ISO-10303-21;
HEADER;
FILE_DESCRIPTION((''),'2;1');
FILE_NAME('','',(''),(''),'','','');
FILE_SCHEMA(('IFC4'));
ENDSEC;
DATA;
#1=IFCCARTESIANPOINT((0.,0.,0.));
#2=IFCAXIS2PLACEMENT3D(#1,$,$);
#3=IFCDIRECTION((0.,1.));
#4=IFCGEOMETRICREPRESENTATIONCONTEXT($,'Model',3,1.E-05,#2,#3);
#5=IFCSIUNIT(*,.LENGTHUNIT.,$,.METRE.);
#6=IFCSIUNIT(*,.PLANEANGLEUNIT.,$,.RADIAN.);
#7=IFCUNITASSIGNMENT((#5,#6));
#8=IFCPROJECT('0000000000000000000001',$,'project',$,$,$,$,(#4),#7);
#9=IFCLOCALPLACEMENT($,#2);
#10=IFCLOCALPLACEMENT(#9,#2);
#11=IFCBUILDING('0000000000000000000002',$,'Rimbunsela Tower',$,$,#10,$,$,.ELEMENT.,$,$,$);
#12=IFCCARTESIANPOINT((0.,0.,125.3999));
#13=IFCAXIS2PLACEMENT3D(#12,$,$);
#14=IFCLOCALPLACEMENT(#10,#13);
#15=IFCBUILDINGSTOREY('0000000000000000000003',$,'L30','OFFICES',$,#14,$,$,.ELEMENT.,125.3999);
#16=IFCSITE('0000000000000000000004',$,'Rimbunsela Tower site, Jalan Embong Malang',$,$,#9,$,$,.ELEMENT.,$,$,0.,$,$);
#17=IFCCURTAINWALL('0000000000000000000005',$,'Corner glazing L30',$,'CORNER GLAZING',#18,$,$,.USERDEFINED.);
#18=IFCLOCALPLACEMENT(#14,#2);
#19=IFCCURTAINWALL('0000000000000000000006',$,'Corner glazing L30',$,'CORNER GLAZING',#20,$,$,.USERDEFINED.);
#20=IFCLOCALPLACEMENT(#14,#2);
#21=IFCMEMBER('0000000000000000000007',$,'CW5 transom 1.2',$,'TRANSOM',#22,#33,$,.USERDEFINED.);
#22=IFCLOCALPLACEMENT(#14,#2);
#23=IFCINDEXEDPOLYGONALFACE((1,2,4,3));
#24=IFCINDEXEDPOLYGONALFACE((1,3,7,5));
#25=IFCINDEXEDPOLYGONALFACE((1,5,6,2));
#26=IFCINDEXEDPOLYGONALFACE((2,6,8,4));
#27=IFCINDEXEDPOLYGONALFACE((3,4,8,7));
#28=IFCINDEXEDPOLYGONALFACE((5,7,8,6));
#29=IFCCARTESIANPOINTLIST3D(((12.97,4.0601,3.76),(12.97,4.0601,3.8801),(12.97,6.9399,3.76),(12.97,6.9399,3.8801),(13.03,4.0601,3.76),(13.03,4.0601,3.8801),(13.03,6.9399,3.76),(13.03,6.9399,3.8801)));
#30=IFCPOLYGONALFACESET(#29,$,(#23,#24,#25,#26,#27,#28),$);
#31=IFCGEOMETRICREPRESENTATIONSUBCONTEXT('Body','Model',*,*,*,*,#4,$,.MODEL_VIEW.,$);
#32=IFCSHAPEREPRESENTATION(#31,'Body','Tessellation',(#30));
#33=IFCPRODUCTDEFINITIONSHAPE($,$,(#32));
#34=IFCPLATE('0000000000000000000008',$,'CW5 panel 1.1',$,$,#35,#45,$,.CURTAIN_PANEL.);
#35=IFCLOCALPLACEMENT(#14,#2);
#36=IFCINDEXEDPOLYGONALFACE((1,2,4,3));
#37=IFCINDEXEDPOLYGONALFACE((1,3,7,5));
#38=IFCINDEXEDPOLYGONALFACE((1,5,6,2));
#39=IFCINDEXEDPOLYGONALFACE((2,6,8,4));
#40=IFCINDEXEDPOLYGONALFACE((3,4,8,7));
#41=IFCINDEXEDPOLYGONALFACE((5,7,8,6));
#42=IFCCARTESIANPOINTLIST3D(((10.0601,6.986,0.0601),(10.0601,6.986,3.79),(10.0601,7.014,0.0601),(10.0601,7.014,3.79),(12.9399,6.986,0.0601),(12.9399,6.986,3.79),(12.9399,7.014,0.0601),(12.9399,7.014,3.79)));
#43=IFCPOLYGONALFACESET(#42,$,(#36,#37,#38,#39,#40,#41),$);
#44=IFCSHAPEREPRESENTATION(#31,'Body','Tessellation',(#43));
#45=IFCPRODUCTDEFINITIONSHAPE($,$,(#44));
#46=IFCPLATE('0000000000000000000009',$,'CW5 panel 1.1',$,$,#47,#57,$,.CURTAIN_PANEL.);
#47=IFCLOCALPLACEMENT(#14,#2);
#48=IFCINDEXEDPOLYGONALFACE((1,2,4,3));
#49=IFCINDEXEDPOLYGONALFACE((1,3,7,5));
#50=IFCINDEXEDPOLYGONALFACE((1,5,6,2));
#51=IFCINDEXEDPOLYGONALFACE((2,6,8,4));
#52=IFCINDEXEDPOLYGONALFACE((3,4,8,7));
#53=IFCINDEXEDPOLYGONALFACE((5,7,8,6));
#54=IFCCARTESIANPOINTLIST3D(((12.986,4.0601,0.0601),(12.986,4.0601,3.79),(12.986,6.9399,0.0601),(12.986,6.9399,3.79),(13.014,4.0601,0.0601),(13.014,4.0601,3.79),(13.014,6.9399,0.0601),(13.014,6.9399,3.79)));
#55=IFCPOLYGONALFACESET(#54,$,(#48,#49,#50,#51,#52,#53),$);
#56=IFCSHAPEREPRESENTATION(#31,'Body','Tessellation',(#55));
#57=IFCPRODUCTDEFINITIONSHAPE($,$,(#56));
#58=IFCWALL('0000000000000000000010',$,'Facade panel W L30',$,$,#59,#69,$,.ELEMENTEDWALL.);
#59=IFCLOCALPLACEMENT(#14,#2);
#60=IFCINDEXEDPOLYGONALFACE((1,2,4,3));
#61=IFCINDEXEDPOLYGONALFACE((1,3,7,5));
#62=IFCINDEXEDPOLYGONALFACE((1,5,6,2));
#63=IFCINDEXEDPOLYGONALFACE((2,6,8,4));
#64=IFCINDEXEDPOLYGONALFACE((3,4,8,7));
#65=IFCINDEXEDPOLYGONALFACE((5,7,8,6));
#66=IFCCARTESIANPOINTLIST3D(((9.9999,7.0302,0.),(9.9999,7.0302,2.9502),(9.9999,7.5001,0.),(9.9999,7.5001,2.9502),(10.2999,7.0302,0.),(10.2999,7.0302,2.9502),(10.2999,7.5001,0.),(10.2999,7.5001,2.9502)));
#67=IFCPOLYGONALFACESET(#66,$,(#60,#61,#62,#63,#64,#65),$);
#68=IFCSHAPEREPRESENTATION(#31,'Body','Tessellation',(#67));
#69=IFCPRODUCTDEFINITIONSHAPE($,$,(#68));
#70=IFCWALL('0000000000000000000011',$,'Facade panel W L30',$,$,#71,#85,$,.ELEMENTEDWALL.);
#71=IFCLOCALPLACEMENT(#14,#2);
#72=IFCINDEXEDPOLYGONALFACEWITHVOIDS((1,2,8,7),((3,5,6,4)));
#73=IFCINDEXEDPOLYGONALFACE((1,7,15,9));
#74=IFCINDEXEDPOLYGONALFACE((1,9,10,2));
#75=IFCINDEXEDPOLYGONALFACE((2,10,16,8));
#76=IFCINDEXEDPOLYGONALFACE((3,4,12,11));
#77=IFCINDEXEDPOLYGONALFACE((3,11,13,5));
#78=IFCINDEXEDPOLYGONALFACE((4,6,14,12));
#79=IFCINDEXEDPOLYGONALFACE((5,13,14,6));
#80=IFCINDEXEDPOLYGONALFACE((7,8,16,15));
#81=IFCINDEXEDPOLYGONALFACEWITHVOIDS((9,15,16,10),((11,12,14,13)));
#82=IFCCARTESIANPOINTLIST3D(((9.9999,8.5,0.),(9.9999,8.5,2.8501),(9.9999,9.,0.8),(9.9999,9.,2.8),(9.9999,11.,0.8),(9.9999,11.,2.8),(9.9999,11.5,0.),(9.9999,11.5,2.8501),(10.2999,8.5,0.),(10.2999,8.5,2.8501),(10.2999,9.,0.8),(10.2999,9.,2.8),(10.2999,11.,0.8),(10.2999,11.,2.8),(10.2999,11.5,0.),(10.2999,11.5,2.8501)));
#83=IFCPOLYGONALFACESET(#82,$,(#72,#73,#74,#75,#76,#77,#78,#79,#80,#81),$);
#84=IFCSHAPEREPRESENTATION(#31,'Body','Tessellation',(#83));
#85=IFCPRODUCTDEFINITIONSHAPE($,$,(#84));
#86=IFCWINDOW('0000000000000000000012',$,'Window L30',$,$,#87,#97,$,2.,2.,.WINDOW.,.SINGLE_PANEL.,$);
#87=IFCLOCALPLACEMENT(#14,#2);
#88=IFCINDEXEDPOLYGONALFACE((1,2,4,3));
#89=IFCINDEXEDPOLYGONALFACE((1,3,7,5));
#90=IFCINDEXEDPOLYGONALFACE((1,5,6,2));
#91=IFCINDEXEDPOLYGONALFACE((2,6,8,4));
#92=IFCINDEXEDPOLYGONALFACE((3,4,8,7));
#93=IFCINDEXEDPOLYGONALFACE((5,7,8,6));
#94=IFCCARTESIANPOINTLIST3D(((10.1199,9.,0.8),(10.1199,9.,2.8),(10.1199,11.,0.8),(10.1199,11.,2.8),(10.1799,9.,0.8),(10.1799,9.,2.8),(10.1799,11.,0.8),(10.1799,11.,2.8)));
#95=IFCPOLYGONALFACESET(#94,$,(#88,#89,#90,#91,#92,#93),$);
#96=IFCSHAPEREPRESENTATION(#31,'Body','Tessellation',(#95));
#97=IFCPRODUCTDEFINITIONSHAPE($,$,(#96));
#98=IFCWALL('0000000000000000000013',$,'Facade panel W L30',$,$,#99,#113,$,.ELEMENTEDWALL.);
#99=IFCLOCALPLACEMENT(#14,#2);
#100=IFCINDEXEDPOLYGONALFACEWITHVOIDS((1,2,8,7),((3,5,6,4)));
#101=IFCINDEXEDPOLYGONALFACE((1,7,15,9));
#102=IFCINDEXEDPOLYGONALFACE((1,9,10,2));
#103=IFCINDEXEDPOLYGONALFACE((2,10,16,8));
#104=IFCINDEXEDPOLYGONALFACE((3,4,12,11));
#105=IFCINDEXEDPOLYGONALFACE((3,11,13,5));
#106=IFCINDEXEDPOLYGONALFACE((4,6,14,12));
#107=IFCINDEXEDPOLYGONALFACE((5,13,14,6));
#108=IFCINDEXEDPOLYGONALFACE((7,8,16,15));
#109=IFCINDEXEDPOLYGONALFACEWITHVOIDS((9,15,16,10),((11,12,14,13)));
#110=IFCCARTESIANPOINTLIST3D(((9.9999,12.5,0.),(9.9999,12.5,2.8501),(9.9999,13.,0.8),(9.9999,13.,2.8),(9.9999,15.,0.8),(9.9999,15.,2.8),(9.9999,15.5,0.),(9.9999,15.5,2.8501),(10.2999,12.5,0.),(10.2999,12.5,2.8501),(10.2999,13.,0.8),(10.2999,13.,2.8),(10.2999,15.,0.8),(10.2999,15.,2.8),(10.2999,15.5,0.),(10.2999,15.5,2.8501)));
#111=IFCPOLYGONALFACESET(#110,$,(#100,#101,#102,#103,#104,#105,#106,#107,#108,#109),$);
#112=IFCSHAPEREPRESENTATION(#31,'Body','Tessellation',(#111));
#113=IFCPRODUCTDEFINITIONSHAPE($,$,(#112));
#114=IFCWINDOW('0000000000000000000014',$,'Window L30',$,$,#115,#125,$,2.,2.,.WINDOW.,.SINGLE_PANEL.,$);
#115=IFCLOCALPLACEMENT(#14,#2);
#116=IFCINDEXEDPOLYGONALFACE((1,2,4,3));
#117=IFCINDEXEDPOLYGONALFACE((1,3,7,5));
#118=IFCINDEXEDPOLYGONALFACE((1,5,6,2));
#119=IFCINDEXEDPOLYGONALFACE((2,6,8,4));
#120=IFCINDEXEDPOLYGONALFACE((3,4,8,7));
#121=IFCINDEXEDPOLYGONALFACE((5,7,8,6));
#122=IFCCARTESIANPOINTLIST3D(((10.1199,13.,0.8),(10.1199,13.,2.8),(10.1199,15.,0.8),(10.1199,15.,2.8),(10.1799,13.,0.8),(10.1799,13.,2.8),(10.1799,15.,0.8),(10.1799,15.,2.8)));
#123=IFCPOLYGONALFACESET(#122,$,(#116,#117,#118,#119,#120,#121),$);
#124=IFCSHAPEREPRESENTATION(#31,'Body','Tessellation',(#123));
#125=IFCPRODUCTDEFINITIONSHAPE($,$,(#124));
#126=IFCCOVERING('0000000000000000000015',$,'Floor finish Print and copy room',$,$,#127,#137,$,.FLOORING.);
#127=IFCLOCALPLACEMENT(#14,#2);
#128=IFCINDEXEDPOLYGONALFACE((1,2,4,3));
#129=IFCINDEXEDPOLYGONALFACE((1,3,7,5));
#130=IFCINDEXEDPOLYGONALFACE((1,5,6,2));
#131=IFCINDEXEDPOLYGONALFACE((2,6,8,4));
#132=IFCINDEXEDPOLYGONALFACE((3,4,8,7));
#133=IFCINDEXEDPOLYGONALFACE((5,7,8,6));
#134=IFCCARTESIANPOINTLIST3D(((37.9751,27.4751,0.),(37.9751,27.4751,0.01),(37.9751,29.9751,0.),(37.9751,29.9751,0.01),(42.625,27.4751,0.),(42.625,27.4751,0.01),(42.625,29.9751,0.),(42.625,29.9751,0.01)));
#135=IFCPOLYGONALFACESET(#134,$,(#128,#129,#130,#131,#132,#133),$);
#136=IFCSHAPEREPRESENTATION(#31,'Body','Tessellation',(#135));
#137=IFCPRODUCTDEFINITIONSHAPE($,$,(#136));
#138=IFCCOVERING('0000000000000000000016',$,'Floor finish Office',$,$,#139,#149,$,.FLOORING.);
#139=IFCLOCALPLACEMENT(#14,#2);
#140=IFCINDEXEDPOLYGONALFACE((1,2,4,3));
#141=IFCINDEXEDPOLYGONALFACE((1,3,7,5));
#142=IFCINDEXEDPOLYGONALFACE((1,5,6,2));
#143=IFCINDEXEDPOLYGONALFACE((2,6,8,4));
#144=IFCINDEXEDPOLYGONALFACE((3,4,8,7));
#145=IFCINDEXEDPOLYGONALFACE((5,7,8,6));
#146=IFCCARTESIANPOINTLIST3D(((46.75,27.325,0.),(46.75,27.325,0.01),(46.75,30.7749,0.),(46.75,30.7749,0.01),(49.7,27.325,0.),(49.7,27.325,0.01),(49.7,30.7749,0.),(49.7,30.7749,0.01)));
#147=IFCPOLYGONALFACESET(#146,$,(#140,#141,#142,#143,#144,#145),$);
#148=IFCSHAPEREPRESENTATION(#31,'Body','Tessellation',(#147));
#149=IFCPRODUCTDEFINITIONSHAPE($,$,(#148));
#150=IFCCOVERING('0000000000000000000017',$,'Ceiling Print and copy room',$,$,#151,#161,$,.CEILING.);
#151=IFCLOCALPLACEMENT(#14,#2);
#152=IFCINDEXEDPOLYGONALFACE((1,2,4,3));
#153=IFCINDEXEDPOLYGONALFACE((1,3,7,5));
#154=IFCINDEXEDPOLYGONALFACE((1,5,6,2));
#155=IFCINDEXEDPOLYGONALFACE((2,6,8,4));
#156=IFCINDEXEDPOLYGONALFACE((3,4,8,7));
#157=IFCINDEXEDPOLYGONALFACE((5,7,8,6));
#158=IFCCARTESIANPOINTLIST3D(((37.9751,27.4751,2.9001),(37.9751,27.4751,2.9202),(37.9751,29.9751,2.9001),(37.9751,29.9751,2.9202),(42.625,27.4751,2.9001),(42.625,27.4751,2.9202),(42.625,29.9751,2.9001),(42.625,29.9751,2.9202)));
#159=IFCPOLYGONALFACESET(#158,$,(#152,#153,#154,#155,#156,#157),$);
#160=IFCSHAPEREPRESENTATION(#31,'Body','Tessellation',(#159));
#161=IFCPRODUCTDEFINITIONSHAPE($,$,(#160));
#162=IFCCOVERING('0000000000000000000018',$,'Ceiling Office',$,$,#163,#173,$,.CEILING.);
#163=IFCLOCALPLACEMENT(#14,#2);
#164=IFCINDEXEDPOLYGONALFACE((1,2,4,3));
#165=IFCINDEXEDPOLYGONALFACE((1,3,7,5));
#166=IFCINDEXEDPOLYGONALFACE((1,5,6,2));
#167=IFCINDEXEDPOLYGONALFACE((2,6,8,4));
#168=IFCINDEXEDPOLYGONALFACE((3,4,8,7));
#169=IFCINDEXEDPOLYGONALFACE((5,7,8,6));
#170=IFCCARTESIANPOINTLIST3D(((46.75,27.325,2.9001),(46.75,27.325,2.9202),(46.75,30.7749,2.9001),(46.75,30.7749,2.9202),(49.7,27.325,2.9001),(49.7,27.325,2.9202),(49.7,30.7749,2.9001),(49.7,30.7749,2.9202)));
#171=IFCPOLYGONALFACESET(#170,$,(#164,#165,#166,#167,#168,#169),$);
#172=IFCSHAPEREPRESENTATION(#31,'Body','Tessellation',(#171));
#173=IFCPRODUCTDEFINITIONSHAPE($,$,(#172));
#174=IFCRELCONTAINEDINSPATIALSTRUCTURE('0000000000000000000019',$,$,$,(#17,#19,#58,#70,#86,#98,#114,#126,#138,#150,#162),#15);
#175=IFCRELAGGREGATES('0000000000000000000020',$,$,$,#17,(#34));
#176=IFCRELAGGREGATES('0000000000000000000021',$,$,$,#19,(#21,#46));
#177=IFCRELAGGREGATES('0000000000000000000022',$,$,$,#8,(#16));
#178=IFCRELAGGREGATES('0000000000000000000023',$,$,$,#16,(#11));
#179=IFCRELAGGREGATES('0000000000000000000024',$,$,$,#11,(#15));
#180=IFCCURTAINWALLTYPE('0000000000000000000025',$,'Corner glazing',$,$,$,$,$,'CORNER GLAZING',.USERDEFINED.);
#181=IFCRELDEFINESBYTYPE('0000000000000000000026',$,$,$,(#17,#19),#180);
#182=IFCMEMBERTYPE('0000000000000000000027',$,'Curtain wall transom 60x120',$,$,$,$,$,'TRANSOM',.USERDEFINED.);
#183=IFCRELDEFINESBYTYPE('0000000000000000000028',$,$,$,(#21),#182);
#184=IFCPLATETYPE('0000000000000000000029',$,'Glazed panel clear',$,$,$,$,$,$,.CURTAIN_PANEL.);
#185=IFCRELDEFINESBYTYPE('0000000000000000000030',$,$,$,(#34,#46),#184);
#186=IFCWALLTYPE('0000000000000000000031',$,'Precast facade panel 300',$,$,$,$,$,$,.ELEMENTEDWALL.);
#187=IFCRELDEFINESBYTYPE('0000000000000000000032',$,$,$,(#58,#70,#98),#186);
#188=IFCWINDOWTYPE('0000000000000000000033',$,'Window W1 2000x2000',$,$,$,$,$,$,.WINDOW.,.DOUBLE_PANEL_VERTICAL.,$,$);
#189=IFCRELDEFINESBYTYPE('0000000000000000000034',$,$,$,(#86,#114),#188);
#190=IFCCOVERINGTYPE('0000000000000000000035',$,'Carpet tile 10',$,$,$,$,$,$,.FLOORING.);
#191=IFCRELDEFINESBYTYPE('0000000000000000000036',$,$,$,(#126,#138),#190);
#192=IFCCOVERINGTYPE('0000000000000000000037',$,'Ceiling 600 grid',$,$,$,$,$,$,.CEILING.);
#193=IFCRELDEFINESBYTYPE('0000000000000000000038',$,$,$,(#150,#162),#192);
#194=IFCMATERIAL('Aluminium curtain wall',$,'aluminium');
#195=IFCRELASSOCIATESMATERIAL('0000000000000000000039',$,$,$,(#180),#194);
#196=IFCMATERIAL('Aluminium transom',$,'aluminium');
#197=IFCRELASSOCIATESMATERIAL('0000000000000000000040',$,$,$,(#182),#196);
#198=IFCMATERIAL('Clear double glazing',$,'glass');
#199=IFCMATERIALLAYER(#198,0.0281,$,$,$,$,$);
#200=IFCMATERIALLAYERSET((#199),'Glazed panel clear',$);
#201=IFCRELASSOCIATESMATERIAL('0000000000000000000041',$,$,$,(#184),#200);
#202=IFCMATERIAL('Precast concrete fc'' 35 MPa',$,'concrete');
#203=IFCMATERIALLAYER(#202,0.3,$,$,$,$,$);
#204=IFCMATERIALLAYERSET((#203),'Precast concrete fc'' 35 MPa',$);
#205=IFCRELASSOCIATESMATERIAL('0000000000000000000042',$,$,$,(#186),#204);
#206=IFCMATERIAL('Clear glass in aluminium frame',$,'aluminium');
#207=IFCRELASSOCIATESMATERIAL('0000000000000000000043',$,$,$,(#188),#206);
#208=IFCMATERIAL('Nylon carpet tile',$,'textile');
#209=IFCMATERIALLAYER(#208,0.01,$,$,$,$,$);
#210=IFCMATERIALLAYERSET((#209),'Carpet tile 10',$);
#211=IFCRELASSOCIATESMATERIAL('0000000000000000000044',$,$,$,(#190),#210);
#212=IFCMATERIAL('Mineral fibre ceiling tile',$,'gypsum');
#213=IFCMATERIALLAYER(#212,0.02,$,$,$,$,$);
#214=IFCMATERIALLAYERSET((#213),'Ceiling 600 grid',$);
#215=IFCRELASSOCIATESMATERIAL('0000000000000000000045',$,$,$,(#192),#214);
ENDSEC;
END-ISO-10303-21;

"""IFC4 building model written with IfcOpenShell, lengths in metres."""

from ifc_helpers import new_model, si_unit, direction, frame, frame_2d, origin, origin_2d, place, context, subcontext, project, spatial, polyline, rectangle, outline, extrude, material, layer, layer_set, material_profile, profile_set, type_object, element, fill, aggregate, save


model = new_model("IFC4")

# Units and contexts
model_context = context("Model", 3, precision=1e-05, world=origin(), true_north=direction((0.0, 1.0)))
body_context = subcontext(model_context, "Body", "Model", "MODEL_VIEW")
ifc_project = project(units=[si_unit("LENGTHUNIT", "METRE"), si_unit("PLANEANGLEUNIT", "RADIAN")], contexts=[model_context])

# Site, building, storey
site_placement = place(None, origin())
site = spatial("IfcSite", under=ifc_project, at=site_placement, Name="Rimbunsela Tower site, Jalan Embong Malang", CompositionType="ELEMENT", RefElevation=0.0)
building_placement = place(site_placement, origin())
building = spatial("IfcBuilding", under=site, at=building_placement, Name="Rimbunsela Tower", CompositionType="ELEMENT")
storey_placement = place(building_placement, frame((0.0, 0.0, 125.3999)))
storey = spatial("IfcBuildingStorey", under=building, at=storey_placement, Name="L30", Description="OFFICES", CompositionType="ELEMENT", Elevation=125.3999)

# Curtain wall
ifc_material_1 = material(Name="Aluminium curtain wall", Category="aluminium")
curtain_wall_type = type_object("IfcCurtainWallType", Name="Corner glazing", ElementType="CORNER GLAZING", PredefinedType="USERDEFINED", material=ifc_material_1)
curtain_wall_1_placement = place(storey_placement, origin())
curtain_wall_1 = element("IfcCurtainWall", 1, at=curtain_wall_1_placement, inside=storey, type_object=curtain_wall_type, Name="Corner glazing L30", ObjectType="CORNER GLAZING", PredefinedType="USERDEFINED")

# Curtain wall
curtain_wall_2_placement = place(storey_placement, origin())
curtain_wall_2 = element("IfcCurtainWall", 2, at=curtain_wall_2_placement, inside=storey, type_object=curtain_wall_type, Name="Corner glazing L30", ObjectType="CORNER GLAZING", PredefinedType="USERDEFINED")

# Member
ifc_material_2 = material(Name="Aluminium transom", Category="aluminium")
ifc_material_profile_1 = material_profile(ifc_material_2, rectangle(XDim=0.0601, YDim=0.1201, at=origin_2d()), Name="Transom 60x120")
ifc_profile_set_1 = profile_set([ifc_material_profile_1], Name="Aluminium transom")
member_type_1 = type_object("IfcMemberType", Name="Curtain wall transom 60x120", ElementType="TRANSOM", PredefinedType="USERDEFINED", material=ifc_profile_set_1)
member_1_placement = place(storey_placement, frame((13.0, 6.9399, 3.8201), z_axis=(0.0, -1.0, 0.0), x_axis=(1.0, 0.0, 0.0)))
member_1 = element("IfcMember", 3, at=member_1_placement, type_object=member_type_1, Name="CW5 transom 1.2", ObjectType="TRANSOM", PredefinedType="USERDEFINED", context=body_context, shape_type="SweptSolid", body=[
    extrude(rectangle(XDim=0.0601, YDim=0.1201, at=origin_2d()), origin(), (0.0, 0.0, 1.0), 2.8799),
])

# Plates
ifc_material_3 = material(Name="Clear double glazing", Category="glass")
ifc_layer_1 = layer(ifc_material_3, 0.0281)
ifc_layer_set_1 = layer_set([ifc_layer_1], Name="Glazed panel clear")
plate_type = type_object("IfcPlateType", Name="Glazed panel clear", PredefinedType="CURTAIN_PANEL", material=ifc_layer_set_1)
plate_1_placement = place(storey_placement, frame((11.5, 7.0, 0.0601), z_axis=(0.0, 0.0, 1.0), x_axis=(1.0, 0.0, 0.0)))
plate_1 = element("IfcPlate", 4, at=plate_1_placement, type_object=plate_type, Name="CW5 panel 1.1", PredefinedType="CURTAIN_PANEL", context=body_context, shape_type="SweptSolid", body=[
    extrude(rectangle(XDim=2.8799, YDim=0.0281, at=origin_2d()), origin(), (0.0, 0.0, 1.0), 3.73),
])
aggregate(curtain_wall_1, [plate_1])
plate_2_placement = place(storey_placement, frame((13.0, 5.5, 0.0601), z_axis=(0.0, 0.0, 1.0), x_axis=(0.0, -1.0, 0.0)))
plate_2 = element("IfcPlate", 5, at=plate_2_placement, type_object=plate_type, Name="CW5 panel 1.1", PredefinedType="CURTAIN_PANEL", context=body_context, shape_type="SweptSolid", body=[
    extrude(rectangle(XDim=2.8799, YDim=0.0281, at=origin_2d()), origin(), (0.0, 0.0, 1.0), 3.73),
])
aggregate(curtain_wall_2, [member_1, plate_2])

# Wall
ifc_material_4 = material(Name="Precast concrete fc' 35 MPa", Category="concrete")
ifc_layer_2 = layer(ifc_material_4, 0.3)
ifc_layer_set_2 = layer_set([ifc_layer_2], Name="Precast concrete fc' 35 MPa")
wall_type = type_object("IfcWallType", Name="Precast facade panel 300", PredefinedType="ELEMENTEDWALL", material=ifc_layer_set_2)
wall_1_placement = place(storey_placement, frame((10.1499, 7.5, 0.0), z_axis=(0.0, 0.0, 1.0), x_axis=(0.0, -1.0, 0.0)))
element("IfcWall", 6, at=wall_1_placement, inside=storey, type_object=wall_type, Name="Facade panel W L30", PredefinedType="ELEMENTEDWALL", context=body_context, shape_type="SweptSolid", body=[
    extrude(rectangle(XDim=0.47, YDim=0.3, at=frame_2d((0.2349, 0.0))), origin(), (0.0, 0.0, 1.0), 2.9502),
])

# Walls, openings, windows
wall_2_placement = place(storey_placement, frame((10.1499, 11.5, 0.0), z_axis=(0.0, 0.0, 1.0), x_axis=(0.0, -1.0, 0.0)))
wall_2 = element("IfcWall", 7, at=wall_2_placement, inside=storey, type_object=wall_type, Name="Facade panel W L30", PredefinedType="ELEMENTEDWALL", context=body_context, shape_type="SweptSolid", body=[
    extrude(rectangle(XDim=3.0, YDim=0.3, at=frame_2d((1.5, 0.0))), origin(), (0.0, 0.0, 1.0), 2.8501),
])
opening_1_placement = place(wall_2_placement, frame((0.5, 0.0, 0.8)))
opening_1 = element("IfcOpeningElement", 8, at=opening_1_placement, cuts=wall_2, PredefinedType="OPENING", context=body_context, shape_type="SweptSolid", body=[
    extrude(rectangle(XDim=2.0, YDim=2.0, at=frame_2d((1.0, 1.0))), frame((0.0, 0.1599, 0.0), z_axis=(0.0, -1.0, 0.0), x_axis=(1.0, 0.0, 0.0)), (0.0, 0.0, 1.0), 0.3201),
])
ifc_material_5 = material(Name="Clear glass in aluminium frame", Category="aluminium")
window_type = type_object("IfcWindowType", Name="Window W1 2000x2000", PartitioningType="DOUBLE_PANEL_VERTICAL", PredefinedType="WINDOW", material=ifc_material_5)
window_1_placement = place(opening_1_placement, origin())
window_1 = element("IfcWindow", 9, at=window_1_placement, inside=storey, type_object=window_type, Name="Window L30", OverallHeight=2.0, OverallWidth=2.0, PartitioningType="SINGLE_PANEL", PredefinedType="WINDOW", context=body_context, shape_type="SweptSolid", body=[
    extrude(rectangle(XDim=2.0, YDim=2.0, at=frame_2d((1.0, 1.0))), frame((0.0, 0.03, 0.0), z_axis=(0.0, -1.0, 0.0), x_axis=(1.0, 0.0, 0.0)), (0.0, 0.0, 1.0), 0.0601),
])
fill(opening_1, window_1)
wall_3_placement = place(storey_placement, frame((10.1499, 15.5, 0.0), z_axis=(0.0, 0.0, 1.0), x_axis=(0.0, -1.0, 0.0)))
wall_3 = element("IfcWall", 10, at=wall_3_placement, inside=storey, type_object=wall_type, Name="Facade panel W L30", PredefinedType="ELEMENTEDWALL", context=body_context, shape_type="SweptSolid", body=[
    extrude(rectangle(XDim=3.0, YDim=0.3, at=frame_2d((1.5, 0.0))), origin(), (0.0, 0.0, 1.0), 2.8501),
])
opening_2_placement = place(wall_3_placement, frame((0.5, 0.0, 0.8)))
opening_2 = element("IfcOpeningElement", 11, at=opening_2_placement, cuts=wall_3, PredefinedType="OPENING", context=body_context, shape_type="SweptSolid", body=[
    extrude(rectangle(XDim=2.0, YDim=2.0, at=frame_2d((1.0, 1.0))), frame((0.0, 0.1599, 0.0), z_axis=(0.0, -1.0, 0.0), x_axis=(1.0, 0.0, 0.0)), (0.0, 0.0, 1.0), 0.3201),
])
window_2_placement = place(opening_2_placement, origin())
window_2 = element("IfcWindow", 12, at=window_2_placement, inside=storey, type_object=window_type, Name="Window L30", OverallHeight=2.0, OverallWidth=2.0, PartitioningType="SINGLE_PANEL", PredefinedType="WINDOW", context=body_context, shape_type="SweptSolid", body=[
    extrude(rectangle(XDim=2.0, YDim=2.0, at=frame_2d((1.0, 1.0))), frame((0.0, 0.03, 0.0), z_axis=(0.0, -1.0, 0.0), x_axis=(1.0, 0.0, 0.0)), (0.0, 0.0, 1.0), 0.0601),
])
fill(opening_2, window_2)

# Coverings
ifc_material_6 = material(Name="Nylon carpet tile", Category="textile")
ifc_layer_3 = layer(ifc_material_6, 0.01)
ifc_layer_set_3 = layer_set([ifc_layer_3], Name="Carpet tile 10")
covering_type_1 = type_object("IfcCoveringType", Name="Carpet tile 10", PredefinedType="FLOORING", material=ifc_layer_set_3)
covering_1_placement = place(storey_placement, origin())
element("IfcCovering", 13, at=covering_1_placement, inside=storey, type_object=covering_type_1, Name="Floor finish Print and copy room", PredefinedType="FLOORING", context=body_context, shape_type="SweptSolid", body=[
    extrude(outline(polyline([(42.625, 27.4751), (42.625, 29.9751), (37.9751, 29.9751), (37.9751, 27.4751), (42.625, 27.4751)])), origin(), (0.0, 0.0, 1.0), 0.01),
])
covering_2_placement = place(storey_placement, origin())
element("IfcCovering", 14, at=covering_2_placement, inside=storey, type_object=covering_type_1, Name="Floor finish Office", PredefinedType="FLOORING", context=body_context, shape_type="SweptSolid", body=[
    extrude(outline(polyline([(49.7, 27.325), (49.7, 30.7749), (46.75, 30.7749), (46.75, 27.325), (49.7, 27.325)])), origin(), (0.0, 0.0, 1.0), 0.01),
])
ifc_material_7 = material(Name="Mineral fibre ceiling tile", Category="gypsum")
ifc_layer_4 = layer(ifc_material_7, 0.02)
ifc_layer_set_4 = layer_set([ifc_layer_4], Name="Ceiling 600 grid")
covering_type_2 = type_object("IfcCoveringType", Name="Ceiling 600 grid", PredefinedType="CEILING", material=ifc_layer_set_4)
covering_3_placement = place(storey_placement, frame((0.0, 0.0, 2.9001)))
element("IfcCovering", 15, at=covering_3_placement, inside=storey, type_object=covering_type_2, Name="Ceiling Print and copy room", PredefinedType="CEILING", context=body_context, shape_type="SweptSolid", body=[
    extrude(outline(polyline([(42.625, 27.4751), (42.625, 29.9751), (37.9751, 29.9751), (37.9751, 27.4751), (42.625, 27.4751)])), origin(), (0.0, 0.0, 1.0), 0.02),
])
covering_4_placement = place(storey_placement, frame((0.0, 0.0, 2.9001)))
element("IfcCovering", 16, at=covering_4_placement, inside=storey, type_object=covering_type_2, Name="Ceiling Office", PredefinedType="CEILING", context=body_context, shape_type="SweptSolid", body=[
    extrude(outline(polyline([(49.7, 27.325), (49.7, 30.7749), (46.75, 30.7749), (46.75, 27.325), (49.7, 27.325)])), origin(), (0.0, 0.0, 1.0), 0.02),
])

save(model, "model.ifc")
